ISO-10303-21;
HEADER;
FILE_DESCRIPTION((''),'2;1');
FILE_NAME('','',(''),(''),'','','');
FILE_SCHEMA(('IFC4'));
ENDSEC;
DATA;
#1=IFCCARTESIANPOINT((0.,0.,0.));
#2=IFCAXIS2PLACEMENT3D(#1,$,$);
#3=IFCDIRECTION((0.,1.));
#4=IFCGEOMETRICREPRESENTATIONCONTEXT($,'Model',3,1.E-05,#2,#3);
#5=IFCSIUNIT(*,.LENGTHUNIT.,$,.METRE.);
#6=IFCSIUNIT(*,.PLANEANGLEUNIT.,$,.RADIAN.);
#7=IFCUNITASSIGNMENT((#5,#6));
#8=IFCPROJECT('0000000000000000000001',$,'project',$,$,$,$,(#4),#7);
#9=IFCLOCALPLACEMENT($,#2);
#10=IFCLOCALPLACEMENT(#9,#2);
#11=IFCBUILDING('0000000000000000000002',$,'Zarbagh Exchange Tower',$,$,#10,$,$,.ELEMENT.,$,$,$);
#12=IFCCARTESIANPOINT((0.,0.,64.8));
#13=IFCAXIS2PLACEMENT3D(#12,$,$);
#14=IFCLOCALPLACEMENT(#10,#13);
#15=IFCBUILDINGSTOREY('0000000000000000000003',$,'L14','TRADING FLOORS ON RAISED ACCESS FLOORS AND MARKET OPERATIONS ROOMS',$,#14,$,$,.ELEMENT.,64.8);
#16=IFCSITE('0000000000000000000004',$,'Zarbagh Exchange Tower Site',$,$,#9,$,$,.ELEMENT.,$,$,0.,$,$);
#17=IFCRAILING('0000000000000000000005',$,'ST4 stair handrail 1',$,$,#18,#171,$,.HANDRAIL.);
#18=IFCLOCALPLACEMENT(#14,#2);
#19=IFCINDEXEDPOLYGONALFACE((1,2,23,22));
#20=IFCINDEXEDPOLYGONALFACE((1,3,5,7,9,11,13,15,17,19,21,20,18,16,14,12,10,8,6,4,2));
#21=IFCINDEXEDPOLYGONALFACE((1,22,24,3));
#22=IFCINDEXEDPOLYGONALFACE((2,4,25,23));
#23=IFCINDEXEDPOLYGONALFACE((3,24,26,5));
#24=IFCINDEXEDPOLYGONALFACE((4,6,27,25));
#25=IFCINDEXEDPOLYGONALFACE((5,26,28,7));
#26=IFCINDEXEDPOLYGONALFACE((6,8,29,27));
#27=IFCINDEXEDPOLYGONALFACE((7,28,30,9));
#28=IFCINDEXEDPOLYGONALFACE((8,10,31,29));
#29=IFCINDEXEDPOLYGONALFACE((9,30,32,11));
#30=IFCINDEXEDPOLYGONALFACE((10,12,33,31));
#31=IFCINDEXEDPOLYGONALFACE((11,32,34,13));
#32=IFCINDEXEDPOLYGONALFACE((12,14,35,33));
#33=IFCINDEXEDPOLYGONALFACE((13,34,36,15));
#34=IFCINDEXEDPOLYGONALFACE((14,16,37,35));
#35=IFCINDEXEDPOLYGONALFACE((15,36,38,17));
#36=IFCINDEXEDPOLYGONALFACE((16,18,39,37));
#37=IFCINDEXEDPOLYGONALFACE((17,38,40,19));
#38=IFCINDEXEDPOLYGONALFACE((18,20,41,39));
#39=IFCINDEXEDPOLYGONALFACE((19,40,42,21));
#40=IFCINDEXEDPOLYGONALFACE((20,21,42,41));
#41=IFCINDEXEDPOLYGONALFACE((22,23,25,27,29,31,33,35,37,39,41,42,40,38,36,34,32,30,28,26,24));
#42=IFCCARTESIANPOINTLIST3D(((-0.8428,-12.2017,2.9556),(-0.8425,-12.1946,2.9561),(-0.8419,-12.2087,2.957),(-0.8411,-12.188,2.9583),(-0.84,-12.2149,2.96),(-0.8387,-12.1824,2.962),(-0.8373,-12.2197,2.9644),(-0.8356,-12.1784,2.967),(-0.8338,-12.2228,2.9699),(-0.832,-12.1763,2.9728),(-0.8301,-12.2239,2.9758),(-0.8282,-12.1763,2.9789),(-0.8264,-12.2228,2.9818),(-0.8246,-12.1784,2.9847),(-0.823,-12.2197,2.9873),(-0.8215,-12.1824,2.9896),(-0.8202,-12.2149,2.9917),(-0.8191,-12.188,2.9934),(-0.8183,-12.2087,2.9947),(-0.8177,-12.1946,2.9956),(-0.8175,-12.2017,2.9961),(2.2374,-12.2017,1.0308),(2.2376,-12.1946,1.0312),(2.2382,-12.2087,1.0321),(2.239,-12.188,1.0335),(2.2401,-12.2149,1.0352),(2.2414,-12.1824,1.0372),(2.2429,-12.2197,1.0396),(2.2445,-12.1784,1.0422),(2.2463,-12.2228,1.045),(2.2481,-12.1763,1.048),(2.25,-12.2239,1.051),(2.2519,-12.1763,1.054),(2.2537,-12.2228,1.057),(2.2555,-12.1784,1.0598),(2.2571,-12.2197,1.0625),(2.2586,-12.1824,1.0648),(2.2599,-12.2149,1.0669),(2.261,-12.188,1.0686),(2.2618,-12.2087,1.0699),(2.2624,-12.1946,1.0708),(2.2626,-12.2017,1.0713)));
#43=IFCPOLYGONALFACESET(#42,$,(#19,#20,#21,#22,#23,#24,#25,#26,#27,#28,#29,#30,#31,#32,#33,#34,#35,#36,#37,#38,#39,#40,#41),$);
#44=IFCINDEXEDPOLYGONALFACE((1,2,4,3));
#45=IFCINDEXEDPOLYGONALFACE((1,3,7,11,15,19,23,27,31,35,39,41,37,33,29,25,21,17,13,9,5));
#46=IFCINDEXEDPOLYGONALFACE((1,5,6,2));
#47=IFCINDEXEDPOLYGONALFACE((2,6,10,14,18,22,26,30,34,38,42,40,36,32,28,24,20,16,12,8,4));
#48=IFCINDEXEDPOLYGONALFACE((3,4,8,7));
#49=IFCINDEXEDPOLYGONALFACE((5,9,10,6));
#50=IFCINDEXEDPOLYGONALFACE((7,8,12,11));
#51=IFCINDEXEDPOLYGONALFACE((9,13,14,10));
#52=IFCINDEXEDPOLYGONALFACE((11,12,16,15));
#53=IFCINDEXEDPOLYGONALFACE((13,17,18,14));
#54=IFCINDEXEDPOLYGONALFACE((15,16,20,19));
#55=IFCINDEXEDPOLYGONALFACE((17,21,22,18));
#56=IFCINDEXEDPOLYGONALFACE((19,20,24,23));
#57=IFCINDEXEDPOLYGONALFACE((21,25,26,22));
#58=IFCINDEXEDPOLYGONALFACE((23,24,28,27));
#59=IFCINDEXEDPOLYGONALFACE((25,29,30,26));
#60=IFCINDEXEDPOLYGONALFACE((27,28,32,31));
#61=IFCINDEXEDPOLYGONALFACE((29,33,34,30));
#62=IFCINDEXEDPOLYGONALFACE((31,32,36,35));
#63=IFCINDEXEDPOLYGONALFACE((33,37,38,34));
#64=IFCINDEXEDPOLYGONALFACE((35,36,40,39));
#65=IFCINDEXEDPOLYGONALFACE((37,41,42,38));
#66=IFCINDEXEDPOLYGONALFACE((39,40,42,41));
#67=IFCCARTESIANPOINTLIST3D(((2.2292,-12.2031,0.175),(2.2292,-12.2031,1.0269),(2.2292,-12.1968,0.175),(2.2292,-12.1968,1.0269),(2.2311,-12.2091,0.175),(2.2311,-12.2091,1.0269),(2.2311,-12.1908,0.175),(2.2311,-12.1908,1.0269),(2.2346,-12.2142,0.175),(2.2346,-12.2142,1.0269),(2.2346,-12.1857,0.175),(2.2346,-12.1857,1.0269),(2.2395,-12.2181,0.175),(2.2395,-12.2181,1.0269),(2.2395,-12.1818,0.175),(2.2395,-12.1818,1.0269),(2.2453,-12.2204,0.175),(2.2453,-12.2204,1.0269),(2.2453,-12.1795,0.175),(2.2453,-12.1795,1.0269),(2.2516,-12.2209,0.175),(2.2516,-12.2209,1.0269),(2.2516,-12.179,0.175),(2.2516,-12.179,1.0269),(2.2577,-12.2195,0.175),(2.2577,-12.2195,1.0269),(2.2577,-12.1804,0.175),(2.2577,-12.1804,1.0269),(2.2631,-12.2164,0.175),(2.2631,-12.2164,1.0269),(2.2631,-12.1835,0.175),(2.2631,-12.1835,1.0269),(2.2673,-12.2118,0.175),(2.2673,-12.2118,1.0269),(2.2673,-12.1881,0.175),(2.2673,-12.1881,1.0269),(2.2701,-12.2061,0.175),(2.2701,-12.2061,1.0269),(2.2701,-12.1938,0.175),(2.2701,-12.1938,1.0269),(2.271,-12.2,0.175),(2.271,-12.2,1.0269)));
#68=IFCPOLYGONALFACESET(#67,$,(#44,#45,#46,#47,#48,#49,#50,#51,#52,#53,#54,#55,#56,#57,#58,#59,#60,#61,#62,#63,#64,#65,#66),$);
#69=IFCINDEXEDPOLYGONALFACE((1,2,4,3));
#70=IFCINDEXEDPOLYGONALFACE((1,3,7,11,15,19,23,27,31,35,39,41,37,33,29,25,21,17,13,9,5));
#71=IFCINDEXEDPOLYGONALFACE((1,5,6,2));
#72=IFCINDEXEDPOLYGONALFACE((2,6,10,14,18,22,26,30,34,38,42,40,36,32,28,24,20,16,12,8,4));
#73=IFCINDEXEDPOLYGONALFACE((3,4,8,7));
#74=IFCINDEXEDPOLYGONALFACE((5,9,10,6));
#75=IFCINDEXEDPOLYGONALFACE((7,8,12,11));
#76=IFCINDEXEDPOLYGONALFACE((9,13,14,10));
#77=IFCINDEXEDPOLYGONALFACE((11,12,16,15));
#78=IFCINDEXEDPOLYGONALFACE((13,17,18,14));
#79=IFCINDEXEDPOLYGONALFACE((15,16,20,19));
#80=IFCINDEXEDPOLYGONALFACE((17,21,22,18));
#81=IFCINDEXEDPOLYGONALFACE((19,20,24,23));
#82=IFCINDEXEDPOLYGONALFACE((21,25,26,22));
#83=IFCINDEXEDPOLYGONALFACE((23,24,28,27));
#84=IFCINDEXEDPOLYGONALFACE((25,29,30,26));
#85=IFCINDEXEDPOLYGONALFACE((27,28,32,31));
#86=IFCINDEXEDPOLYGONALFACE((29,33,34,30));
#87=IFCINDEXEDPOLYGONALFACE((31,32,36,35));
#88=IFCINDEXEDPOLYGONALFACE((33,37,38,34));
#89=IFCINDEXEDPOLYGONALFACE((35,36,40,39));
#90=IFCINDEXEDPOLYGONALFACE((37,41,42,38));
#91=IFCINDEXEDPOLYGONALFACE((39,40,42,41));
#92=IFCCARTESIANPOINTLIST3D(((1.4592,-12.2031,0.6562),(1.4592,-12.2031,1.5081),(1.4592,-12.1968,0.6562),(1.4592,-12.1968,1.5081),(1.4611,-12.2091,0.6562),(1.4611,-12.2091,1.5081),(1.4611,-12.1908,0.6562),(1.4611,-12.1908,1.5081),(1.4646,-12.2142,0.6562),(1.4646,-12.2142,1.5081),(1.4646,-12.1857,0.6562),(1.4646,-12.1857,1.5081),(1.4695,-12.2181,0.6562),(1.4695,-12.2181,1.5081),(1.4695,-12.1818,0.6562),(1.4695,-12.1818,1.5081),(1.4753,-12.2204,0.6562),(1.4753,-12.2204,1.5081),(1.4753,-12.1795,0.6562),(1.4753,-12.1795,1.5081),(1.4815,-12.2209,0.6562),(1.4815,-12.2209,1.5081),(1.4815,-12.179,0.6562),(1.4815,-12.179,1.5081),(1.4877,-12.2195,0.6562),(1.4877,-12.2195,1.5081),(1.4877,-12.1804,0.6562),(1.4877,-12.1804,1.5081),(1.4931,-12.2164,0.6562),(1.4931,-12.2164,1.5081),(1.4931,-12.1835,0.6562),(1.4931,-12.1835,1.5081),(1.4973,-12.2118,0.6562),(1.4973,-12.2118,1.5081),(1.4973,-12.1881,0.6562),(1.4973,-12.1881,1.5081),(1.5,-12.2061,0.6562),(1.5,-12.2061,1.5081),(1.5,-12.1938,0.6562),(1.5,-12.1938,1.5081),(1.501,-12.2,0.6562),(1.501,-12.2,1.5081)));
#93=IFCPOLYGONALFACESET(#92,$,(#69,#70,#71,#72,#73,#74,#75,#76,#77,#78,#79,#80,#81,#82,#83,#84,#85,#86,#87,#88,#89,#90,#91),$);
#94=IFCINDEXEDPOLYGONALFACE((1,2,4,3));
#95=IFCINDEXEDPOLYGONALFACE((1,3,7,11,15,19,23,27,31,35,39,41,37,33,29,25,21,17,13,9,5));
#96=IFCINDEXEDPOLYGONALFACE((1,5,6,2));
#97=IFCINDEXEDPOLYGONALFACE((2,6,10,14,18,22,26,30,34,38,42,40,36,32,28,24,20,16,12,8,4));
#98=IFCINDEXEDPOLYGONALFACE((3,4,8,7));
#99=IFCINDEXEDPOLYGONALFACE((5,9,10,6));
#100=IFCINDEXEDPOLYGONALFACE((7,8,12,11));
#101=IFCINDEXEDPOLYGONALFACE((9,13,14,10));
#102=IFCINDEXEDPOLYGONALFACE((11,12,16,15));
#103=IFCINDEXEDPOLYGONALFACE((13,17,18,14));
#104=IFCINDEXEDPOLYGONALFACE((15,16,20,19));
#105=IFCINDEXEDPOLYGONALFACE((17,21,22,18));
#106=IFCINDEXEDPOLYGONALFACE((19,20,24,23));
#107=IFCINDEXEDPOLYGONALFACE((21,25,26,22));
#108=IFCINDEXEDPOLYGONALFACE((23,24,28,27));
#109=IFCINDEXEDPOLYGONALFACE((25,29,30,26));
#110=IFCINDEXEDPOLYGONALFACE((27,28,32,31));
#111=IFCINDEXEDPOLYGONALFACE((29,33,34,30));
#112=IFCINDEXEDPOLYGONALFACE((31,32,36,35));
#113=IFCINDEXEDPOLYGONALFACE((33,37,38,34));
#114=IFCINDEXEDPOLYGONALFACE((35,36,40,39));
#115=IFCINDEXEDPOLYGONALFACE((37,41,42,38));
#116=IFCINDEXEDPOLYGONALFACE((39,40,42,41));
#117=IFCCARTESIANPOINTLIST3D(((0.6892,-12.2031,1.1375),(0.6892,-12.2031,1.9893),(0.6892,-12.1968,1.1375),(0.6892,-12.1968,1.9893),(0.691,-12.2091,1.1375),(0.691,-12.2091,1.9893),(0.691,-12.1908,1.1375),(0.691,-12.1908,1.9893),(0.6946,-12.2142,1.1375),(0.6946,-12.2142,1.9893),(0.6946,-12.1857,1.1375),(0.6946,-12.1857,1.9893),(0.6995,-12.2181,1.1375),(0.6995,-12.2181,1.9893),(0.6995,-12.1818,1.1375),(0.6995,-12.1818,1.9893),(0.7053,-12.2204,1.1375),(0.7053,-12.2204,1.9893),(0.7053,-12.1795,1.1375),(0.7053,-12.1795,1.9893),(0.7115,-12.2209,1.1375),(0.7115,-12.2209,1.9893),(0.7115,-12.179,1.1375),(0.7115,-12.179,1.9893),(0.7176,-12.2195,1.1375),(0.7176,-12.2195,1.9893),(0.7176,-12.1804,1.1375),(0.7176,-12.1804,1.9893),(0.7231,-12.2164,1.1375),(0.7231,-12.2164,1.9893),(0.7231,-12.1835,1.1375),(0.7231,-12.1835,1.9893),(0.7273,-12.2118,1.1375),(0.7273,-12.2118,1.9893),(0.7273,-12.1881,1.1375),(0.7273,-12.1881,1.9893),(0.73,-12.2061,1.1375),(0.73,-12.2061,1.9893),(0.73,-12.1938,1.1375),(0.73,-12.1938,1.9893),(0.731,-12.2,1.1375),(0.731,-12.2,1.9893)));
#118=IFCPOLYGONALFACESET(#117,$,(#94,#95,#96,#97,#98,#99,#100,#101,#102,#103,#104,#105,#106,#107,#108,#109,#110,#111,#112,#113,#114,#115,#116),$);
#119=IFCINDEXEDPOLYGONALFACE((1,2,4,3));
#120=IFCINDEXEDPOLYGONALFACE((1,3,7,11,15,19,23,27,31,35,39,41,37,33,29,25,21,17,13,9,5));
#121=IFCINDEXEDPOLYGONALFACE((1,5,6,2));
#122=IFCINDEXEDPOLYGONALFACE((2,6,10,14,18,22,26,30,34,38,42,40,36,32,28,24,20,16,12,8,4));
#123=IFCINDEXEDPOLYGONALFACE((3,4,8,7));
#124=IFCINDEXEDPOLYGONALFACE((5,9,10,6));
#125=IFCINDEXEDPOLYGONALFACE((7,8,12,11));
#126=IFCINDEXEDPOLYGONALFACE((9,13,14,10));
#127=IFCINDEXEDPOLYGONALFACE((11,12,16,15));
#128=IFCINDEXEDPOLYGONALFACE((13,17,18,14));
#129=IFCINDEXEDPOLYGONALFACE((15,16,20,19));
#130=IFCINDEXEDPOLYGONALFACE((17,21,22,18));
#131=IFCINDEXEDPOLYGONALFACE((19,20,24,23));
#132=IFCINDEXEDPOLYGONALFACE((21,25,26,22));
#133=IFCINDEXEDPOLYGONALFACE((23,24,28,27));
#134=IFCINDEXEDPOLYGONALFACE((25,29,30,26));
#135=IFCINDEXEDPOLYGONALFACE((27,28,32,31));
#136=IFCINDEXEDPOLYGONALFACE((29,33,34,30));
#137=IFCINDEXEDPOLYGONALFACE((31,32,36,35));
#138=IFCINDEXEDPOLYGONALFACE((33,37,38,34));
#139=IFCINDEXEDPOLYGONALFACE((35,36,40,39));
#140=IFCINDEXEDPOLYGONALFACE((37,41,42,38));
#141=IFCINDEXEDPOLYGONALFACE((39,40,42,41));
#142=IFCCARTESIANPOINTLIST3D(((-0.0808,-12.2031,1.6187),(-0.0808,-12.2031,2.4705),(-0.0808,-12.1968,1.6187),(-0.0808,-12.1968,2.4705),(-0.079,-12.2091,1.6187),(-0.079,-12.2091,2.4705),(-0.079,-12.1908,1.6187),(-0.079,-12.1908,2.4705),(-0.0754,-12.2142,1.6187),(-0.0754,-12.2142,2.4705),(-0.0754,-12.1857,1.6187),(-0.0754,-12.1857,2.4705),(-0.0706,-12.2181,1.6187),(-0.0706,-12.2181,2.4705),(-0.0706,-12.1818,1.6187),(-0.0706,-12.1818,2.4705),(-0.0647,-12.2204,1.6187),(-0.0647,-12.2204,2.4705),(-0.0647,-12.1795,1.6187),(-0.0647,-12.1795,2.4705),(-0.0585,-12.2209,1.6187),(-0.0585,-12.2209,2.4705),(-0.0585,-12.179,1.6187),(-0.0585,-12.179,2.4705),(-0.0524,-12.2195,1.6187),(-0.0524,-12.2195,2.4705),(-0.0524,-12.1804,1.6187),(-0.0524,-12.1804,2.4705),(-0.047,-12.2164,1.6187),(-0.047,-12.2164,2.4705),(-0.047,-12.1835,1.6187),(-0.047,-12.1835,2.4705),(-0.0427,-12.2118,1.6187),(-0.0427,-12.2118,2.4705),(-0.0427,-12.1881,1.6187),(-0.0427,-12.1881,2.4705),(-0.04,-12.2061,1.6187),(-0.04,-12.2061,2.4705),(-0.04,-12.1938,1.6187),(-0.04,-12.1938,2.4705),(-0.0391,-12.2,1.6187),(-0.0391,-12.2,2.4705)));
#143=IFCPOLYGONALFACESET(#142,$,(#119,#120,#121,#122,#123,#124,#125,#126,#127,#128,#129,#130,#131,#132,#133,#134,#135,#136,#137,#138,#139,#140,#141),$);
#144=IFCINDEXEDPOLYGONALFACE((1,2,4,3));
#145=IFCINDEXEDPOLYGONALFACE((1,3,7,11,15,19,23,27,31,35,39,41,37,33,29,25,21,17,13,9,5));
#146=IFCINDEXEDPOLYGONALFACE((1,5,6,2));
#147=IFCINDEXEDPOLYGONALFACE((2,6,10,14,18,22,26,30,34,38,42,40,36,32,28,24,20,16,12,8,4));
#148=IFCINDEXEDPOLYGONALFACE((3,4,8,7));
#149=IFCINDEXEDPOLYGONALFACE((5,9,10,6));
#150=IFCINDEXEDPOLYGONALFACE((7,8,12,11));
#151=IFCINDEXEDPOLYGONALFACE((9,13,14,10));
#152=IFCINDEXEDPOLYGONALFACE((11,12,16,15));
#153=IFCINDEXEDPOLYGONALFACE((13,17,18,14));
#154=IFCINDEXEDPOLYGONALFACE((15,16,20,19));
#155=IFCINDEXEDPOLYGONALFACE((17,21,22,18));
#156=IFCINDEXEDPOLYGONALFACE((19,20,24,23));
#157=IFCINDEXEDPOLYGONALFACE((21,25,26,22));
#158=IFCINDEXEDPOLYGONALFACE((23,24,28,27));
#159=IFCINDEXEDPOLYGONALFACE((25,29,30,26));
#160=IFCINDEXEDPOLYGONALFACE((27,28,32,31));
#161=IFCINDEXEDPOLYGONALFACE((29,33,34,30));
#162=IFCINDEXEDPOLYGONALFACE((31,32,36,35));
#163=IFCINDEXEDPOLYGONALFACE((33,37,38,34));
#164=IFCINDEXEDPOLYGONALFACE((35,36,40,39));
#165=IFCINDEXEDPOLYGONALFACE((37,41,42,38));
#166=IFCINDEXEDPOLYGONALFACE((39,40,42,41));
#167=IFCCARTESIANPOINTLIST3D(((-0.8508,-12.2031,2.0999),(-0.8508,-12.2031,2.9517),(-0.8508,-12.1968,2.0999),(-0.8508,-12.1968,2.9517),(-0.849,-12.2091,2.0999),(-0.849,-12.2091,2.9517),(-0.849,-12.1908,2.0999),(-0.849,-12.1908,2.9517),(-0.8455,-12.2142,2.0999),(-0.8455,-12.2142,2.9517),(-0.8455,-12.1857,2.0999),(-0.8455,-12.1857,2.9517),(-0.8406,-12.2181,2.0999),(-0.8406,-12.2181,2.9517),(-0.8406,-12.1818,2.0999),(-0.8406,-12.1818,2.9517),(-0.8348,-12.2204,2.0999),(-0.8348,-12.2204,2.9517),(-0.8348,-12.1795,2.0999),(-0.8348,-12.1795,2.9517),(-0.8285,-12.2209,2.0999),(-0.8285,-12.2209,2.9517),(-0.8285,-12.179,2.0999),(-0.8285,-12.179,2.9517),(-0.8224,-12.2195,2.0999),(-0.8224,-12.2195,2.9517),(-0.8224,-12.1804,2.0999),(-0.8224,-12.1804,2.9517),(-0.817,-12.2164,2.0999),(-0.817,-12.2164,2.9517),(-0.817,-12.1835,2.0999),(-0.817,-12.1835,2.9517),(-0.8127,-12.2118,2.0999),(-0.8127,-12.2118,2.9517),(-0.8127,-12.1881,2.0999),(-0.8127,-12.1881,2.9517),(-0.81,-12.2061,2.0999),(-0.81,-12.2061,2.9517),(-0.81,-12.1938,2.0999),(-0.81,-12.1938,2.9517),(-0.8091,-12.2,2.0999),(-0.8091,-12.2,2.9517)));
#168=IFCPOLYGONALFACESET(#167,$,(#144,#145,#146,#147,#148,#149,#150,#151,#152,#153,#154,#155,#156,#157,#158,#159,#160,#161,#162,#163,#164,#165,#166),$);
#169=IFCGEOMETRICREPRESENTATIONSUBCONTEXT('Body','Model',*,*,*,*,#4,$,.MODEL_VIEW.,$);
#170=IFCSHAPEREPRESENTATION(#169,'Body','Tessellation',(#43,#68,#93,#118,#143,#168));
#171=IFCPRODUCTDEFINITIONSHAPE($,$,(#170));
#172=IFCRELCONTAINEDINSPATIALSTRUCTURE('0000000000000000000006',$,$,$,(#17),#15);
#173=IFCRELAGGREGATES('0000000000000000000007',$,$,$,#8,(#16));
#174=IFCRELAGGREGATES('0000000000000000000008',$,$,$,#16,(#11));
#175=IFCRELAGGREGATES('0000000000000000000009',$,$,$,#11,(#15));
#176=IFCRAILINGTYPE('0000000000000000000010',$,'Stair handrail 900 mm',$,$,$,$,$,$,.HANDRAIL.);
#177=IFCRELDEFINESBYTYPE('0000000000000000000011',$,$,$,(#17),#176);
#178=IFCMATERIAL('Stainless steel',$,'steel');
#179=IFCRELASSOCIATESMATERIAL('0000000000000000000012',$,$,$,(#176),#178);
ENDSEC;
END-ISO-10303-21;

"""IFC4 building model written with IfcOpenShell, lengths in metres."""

from ifc_helpers import new_model, si_unit, direction, frame, origin, origin_2d, place, context, subcontext, project, spatial, circle, extrude, material, type_object, element, save


model = new_model("IFC4")

# Units and contexts
model_context = context("Model", 3, precision=1e-05, world=origin(), true_north=direction((0.0, 1.0)))
body_context = subcontext(model_context, "Body", "Model", "MODEL_VIEW")
ifc_project = project(units=[si_unit("LENGTHUNIT", "METRE"), si_unit("PLANEANGLEUNIT", "RADIAN")], contexts=[model_context])

# Site, building, storey
site_placement = place(None, origin())
site = spatial("IfcSite", under=ifc_project, at=site_placement, Name="Zarbagh Exchange Tower Site", CompositionType="ELEMENT", RefElevation=0.0)
building_placement = place(site_placement, origin())
building = spatial("IfcBuilding", under=site, at=building_placement, Name="Zarbagh Exchange Tower", CompositionType="ELEMENT")
storey_placement = place(building_placement, frame((0.0, 0.0, 64.8)))
storey = spatial("IfcBuildingStorey", under=building, at=storey_placement, Name="L14", Description="TRADING FLOORS ON RAISED ACCESS FLOORS AND MARKET OPERATIONS ROOMS", CompositionType="ELEMENT", Elevation=64.8)

# Railing
ifc_material_1 = material(Name="Stainless steel", Category="steel")
railing_type_1 = type_object("IfcRailingType", Name="Stair handrail 900 mm", PredefinedType="HANDRAIL", material=ifc_material_1)
railing_1_placement = place(storey_placement, frame((2.25, -12.2, 0.175)))
element("IfcRailing", 1, at=railing_1_placement, inside=storey, type_object=railing_type_1, Name="ST4 stair handrail 1", PredefinedType="HANDRAIL", context=body_context, shape_type="SweptSolid", body=[
    extrude(circle(Radius=0.0239, at=origin_2d()), frame((0.0, 0.0, 0.876), z_axis=(-0.848029, 0.0, 0.529951), x_axis=(0.0, -1.0, 0.0)), (0.0, 0.0, 1.0), 3.6321),
    extrude(circle(Radius=0.021, at=origin_2d()), origin(), (0.0, 0.0, 1.0), 0.8518),
    extrude(circle(Radius=0.021, at=origin_2d()), frame((-0.77, 0.0, 0.4812)), (0.0, 0.0, 1.0), 0.8518),
    extrude(circle(Radius=0.021, at=origin_2d()), frame((-1.54, 0.0, 0.9624)), (0.0, 0.0, 1.0), 0.8518),
    extrude(circle(Radius=0.021, at=origin_2d()), frame((-2.3101, 0.0, 1.4436)), (0.0, 0.0, 1.0), 0.8518),
    extrude(circle(Radius=0.021, at=origin_2d()), frame((-3.0801, 0.0, 1.9248)), (0.0, 0.0, 1.0), 0.8518),
])

save(model, "model.ifc")
